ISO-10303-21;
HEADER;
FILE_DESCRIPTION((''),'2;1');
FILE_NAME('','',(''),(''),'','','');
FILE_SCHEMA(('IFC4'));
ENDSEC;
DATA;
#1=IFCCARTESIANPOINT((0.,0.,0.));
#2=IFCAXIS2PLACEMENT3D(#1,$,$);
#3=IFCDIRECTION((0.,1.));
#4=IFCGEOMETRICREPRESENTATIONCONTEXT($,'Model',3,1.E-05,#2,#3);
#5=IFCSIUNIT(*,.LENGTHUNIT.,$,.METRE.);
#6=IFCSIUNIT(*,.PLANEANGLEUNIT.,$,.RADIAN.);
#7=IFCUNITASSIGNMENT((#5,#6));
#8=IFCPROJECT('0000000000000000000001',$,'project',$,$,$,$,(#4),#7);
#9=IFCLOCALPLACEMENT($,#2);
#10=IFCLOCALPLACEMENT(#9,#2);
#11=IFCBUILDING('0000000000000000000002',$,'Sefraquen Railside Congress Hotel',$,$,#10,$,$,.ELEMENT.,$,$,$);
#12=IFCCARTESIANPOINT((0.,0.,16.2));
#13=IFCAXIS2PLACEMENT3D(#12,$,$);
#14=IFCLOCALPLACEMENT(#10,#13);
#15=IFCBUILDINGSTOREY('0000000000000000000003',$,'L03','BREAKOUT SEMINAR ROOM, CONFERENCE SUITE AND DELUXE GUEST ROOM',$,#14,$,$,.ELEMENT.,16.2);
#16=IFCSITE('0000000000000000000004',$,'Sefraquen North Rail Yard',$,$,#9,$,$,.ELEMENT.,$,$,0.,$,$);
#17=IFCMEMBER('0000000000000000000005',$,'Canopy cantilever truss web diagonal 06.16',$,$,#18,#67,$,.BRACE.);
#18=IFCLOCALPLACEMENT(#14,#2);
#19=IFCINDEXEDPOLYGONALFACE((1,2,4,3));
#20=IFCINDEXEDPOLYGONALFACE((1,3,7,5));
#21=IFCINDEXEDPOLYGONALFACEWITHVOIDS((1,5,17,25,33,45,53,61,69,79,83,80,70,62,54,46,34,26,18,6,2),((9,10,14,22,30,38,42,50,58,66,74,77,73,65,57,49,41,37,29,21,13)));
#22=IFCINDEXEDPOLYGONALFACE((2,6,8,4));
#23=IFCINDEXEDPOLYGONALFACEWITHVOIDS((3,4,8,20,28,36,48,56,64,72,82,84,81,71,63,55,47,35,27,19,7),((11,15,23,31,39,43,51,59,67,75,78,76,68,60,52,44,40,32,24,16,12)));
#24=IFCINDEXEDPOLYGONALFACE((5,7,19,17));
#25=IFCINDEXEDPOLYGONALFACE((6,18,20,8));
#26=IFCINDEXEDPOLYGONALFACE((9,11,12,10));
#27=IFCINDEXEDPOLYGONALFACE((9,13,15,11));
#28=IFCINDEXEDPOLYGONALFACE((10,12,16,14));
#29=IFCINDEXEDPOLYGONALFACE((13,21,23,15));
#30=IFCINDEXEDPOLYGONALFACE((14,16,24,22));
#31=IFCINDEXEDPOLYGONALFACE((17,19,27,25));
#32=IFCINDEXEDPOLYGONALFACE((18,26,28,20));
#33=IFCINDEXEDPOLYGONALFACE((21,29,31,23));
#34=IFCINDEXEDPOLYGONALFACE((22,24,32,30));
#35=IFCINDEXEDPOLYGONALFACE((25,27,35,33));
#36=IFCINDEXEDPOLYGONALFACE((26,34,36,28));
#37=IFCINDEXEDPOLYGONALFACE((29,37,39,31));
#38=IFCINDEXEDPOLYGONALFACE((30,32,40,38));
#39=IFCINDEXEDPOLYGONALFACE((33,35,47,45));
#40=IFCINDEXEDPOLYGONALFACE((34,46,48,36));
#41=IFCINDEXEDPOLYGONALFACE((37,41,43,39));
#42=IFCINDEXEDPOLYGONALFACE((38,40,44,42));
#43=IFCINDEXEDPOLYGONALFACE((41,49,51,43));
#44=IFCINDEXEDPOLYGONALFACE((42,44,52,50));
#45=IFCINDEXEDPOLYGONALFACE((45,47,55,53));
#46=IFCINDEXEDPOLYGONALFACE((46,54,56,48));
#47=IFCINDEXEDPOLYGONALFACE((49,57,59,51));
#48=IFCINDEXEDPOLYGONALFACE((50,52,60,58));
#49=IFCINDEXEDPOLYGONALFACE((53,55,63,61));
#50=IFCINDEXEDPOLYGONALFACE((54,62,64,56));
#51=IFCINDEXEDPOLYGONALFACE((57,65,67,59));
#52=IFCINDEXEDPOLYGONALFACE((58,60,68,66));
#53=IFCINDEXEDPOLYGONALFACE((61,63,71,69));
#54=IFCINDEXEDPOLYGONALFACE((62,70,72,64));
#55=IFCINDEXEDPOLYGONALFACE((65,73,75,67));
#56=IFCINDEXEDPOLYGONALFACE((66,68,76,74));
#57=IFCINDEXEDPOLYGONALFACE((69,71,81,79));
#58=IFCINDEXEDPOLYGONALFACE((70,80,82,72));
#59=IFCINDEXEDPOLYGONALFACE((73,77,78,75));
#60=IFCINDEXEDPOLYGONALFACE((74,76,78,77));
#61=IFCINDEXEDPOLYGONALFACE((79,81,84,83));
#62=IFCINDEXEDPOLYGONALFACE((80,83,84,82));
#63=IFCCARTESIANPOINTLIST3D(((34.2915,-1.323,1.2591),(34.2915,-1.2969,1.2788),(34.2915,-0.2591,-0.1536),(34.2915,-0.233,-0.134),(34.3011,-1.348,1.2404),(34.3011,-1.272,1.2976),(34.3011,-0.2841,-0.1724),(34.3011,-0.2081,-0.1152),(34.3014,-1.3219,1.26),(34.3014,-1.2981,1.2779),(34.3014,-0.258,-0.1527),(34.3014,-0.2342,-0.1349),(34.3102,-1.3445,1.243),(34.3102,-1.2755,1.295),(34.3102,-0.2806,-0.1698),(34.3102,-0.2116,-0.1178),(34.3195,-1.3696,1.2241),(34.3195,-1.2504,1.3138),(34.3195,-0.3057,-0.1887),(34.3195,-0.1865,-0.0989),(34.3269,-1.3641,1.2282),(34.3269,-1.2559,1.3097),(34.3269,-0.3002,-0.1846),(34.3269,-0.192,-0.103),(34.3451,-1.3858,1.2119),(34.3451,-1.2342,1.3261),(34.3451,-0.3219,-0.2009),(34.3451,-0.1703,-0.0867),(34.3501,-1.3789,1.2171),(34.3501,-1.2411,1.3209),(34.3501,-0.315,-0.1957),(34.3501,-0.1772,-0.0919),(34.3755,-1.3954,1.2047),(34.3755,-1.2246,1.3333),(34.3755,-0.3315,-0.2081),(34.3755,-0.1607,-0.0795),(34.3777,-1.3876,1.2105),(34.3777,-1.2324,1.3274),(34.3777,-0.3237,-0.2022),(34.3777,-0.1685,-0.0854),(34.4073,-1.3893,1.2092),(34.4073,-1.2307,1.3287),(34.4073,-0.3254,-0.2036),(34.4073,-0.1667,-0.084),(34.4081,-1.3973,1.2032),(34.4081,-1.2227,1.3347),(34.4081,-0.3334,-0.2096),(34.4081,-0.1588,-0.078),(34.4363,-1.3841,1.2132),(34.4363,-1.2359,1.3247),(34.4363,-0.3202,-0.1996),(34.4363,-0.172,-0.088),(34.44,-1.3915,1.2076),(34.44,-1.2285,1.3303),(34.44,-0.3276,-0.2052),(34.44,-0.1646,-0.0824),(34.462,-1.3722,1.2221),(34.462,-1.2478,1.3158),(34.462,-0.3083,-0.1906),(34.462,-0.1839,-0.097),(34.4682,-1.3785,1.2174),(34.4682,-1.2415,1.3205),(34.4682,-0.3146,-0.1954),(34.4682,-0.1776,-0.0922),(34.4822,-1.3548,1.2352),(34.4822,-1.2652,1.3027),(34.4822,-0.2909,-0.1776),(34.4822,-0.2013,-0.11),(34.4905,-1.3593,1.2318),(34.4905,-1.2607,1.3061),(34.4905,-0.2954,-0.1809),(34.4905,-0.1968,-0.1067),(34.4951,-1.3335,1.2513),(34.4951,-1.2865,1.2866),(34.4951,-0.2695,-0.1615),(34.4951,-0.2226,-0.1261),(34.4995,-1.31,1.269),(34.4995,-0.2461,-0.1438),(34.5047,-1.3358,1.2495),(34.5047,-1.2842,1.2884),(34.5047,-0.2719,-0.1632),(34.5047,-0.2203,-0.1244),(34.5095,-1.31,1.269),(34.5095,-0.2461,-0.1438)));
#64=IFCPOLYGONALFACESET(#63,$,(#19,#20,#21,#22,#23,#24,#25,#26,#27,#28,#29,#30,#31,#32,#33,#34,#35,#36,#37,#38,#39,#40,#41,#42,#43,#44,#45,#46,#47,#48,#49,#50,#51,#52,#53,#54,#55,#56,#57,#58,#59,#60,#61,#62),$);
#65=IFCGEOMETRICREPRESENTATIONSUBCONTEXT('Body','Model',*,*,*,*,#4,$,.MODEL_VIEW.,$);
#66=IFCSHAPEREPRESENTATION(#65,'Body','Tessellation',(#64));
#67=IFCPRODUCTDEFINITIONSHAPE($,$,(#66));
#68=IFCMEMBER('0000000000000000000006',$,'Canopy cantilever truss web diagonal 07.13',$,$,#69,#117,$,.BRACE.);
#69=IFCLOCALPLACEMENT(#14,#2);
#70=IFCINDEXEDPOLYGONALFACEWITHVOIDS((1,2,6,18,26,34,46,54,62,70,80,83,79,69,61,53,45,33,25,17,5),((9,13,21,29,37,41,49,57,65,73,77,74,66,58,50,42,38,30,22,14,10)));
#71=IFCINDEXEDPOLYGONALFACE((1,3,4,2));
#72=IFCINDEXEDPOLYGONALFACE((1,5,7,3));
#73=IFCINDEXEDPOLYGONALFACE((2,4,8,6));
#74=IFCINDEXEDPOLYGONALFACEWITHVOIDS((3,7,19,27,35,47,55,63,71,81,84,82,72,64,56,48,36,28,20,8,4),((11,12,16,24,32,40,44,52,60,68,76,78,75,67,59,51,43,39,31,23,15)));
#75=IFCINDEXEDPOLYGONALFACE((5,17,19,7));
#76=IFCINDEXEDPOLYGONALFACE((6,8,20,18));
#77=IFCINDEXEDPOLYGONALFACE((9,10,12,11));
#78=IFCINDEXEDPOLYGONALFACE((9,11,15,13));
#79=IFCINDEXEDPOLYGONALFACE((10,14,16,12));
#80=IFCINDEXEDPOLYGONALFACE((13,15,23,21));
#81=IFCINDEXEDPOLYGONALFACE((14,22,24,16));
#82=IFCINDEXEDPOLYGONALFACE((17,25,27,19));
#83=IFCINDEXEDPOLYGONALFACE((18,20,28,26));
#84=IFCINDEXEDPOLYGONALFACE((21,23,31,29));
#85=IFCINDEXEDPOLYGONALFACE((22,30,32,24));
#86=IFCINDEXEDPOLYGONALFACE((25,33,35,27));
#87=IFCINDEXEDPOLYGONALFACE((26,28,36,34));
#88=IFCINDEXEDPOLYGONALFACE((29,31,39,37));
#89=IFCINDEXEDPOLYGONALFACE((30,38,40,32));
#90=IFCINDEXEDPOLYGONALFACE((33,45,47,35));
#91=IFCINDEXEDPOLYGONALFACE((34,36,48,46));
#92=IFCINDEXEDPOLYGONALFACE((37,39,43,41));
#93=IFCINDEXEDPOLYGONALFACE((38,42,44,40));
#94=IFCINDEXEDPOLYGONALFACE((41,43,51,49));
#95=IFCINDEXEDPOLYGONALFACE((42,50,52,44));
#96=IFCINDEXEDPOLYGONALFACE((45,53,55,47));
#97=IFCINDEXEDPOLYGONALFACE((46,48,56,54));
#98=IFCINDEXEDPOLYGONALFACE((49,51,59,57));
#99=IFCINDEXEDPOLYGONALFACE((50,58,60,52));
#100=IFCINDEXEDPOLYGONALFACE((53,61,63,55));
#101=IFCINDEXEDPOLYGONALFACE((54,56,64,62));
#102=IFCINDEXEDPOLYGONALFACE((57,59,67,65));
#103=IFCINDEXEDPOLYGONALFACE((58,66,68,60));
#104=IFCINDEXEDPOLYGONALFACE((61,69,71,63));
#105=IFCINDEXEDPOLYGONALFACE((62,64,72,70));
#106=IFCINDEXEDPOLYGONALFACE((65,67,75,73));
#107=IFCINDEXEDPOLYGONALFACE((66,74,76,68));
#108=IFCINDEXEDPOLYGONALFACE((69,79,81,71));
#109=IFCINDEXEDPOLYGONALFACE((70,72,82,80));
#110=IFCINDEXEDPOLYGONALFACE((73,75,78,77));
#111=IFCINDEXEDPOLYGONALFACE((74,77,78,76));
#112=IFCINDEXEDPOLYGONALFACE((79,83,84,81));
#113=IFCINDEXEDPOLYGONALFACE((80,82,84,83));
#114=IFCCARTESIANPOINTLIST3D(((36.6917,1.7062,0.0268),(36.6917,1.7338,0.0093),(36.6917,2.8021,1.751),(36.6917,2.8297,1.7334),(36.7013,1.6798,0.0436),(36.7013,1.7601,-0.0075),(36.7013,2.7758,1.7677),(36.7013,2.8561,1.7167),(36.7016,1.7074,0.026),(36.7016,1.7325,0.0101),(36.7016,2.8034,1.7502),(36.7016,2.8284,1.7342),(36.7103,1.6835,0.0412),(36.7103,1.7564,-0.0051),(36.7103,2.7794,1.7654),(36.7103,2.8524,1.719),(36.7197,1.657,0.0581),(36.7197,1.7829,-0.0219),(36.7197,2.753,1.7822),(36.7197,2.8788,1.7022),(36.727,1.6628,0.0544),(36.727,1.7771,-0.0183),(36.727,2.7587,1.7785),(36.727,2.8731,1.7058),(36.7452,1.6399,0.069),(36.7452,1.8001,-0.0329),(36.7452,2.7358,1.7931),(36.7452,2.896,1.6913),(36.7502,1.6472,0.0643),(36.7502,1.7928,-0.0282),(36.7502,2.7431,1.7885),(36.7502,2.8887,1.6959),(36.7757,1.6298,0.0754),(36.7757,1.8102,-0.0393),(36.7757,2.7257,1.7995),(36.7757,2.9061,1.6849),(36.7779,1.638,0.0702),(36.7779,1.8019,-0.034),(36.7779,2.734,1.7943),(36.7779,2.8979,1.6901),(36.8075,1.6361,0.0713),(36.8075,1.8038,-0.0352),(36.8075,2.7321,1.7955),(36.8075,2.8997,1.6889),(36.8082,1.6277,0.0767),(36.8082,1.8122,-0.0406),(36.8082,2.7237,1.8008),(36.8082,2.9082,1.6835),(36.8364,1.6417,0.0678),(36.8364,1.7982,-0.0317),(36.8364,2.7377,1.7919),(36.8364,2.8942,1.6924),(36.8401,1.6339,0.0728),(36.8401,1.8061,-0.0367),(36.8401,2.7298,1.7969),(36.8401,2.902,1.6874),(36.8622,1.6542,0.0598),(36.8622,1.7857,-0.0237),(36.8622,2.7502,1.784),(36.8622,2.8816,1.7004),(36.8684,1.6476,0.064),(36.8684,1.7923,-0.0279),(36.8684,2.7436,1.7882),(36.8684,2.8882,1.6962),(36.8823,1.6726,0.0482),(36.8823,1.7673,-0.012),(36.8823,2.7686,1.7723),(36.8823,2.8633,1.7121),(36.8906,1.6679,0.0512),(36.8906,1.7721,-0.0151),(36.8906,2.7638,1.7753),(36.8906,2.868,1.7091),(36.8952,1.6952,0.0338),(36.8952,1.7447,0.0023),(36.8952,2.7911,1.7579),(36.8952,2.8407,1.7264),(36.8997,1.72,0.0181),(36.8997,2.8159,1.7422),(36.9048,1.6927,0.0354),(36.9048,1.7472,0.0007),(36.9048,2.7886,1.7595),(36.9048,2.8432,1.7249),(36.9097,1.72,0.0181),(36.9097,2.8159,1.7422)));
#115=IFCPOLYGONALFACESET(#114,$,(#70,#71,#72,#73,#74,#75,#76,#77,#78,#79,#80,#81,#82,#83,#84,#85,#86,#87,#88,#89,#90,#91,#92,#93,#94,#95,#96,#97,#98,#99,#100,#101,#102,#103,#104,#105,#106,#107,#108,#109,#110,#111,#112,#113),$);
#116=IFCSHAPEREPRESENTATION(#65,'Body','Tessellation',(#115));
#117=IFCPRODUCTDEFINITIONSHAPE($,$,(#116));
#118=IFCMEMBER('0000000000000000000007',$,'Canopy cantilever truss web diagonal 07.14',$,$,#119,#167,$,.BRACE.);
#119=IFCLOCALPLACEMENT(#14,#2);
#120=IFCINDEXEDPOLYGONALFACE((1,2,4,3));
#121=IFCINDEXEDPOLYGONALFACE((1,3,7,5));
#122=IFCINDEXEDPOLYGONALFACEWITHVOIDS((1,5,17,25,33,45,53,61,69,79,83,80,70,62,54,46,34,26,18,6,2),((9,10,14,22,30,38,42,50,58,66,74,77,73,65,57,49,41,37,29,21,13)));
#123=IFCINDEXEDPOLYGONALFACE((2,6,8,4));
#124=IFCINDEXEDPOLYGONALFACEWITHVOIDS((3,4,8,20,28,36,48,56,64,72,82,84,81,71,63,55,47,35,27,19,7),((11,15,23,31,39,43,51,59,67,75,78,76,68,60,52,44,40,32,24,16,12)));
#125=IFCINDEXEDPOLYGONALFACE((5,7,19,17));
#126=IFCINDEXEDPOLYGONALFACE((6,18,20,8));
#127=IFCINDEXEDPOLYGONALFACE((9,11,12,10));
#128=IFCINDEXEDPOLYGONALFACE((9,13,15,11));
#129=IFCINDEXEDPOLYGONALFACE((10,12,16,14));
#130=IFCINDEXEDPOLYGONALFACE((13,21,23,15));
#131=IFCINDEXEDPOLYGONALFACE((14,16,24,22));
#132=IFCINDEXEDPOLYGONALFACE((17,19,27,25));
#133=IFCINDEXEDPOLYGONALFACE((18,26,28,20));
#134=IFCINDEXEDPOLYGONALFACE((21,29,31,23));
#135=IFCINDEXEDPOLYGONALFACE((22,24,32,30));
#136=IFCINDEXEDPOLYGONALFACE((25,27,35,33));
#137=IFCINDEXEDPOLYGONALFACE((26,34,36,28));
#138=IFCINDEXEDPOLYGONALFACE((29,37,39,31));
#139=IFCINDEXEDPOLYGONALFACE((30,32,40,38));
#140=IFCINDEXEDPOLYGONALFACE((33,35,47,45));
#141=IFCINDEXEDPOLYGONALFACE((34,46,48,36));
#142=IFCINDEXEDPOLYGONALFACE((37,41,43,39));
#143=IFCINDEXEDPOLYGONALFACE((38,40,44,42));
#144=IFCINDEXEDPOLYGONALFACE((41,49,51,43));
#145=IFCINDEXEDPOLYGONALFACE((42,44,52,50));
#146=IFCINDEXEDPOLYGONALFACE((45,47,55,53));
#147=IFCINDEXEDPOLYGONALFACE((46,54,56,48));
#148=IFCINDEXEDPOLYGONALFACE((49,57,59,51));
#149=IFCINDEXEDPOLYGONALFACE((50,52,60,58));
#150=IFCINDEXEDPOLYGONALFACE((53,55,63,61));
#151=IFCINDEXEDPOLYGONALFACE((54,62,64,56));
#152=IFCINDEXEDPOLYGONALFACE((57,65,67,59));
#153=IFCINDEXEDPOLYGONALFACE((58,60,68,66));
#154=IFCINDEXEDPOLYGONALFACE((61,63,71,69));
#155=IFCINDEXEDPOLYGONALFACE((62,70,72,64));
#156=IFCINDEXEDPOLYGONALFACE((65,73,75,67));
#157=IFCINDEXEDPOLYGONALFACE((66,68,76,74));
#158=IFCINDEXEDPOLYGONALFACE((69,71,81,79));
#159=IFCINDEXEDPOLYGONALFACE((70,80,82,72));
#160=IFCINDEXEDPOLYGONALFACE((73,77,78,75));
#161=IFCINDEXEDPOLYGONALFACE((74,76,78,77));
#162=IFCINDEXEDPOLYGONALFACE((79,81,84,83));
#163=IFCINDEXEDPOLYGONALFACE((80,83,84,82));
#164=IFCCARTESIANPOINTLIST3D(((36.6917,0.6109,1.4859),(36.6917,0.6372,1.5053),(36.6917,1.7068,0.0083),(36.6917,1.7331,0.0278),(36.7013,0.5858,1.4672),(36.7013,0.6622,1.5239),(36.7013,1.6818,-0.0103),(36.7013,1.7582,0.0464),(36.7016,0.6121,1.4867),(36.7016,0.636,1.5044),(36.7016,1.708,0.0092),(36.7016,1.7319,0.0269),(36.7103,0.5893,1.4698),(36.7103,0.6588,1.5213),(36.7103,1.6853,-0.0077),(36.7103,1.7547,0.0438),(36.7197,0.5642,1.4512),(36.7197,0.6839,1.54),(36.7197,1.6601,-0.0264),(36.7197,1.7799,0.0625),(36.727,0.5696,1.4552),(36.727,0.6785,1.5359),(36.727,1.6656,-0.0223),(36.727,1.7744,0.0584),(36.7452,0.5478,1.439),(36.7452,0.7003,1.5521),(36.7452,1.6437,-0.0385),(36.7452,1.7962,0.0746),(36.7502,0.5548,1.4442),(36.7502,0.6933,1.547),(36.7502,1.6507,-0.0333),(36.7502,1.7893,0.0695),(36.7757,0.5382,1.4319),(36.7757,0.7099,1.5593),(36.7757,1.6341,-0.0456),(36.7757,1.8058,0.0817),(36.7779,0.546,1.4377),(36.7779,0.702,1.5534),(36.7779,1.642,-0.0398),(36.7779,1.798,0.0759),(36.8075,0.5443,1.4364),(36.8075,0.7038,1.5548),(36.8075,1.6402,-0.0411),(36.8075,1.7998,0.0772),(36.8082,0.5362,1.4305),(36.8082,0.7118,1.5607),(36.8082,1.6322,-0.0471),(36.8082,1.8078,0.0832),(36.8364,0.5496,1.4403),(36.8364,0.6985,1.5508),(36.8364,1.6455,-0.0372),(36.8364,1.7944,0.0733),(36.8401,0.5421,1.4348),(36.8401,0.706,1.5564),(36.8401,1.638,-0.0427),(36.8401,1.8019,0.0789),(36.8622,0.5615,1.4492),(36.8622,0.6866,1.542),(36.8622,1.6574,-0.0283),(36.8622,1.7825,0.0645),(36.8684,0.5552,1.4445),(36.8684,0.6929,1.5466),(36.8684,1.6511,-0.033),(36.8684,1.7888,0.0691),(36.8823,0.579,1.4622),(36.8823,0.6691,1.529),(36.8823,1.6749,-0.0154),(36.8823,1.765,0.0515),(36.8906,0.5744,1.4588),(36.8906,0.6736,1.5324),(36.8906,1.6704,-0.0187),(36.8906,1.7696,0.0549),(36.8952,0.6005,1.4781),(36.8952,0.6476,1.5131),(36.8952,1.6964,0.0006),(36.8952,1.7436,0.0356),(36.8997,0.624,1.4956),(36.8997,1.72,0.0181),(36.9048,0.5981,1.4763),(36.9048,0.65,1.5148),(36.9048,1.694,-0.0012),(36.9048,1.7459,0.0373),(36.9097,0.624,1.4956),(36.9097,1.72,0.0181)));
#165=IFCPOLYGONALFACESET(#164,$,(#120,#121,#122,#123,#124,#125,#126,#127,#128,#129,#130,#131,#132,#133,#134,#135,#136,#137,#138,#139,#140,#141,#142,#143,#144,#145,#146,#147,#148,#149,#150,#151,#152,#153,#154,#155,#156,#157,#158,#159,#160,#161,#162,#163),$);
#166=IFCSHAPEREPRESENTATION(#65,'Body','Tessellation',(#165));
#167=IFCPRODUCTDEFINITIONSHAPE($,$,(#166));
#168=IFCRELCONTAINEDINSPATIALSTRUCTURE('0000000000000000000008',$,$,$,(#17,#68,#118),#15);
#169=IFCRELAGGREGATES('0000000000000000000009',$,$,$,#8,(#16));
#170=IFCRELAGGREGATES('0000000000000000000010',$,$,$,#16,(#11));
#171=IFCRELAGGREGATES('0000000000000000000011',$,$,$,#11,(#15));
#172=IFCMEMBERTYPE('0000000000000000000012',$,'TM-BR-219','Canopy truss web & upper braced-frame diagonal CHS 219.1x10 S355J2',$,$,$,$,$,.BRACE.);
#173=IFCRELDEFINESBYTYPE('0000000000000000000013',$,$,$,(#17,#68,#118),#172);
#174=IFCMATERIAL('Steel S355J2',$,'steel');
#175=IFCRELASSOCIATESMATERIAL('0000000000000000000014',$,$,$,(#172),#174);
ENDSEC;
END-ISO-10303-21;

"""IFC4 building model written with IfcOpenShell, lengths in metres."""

from ifc_helpers import new_model, si_unit, direction, frame, origin, origin_2d, place, context, subcontext, project, spatial, hollow_circle, extrude, material, material_profile, profile_set, type_object, element, save


model = new_model("IFC4")

# Units and contexts
model_context = context("Model", 3, precision=1e-05, world=origin(), true_north=direction((0.0, 1.0)))
body_context = subcontext(model_context, "Body", "Model", "MODEL_VIEW")
ifc_project = project(units=[si_unit("LENGTHUNIT", "METRE"), si_unit("PLANEANGLEUNIT", "RADIAN")], contexts=[model_context])

# Site, building, storey
site_placement = place(None, origin())
site = spatial("IfcSite", under=ifc_project, at=site_placement, Name="Sefraquen North Rail Yard", CompositionType="ELEMENT", RefElevation=0.0)
building_placement = place(site_placement, origin())
building = spatial("IfcBuilding", under=site, at=building_placement, Name="Sefraquen Railside Congress Hotel", CompositionType="ELEMENT")
storey_placement = place(building_placement, frame((0.0, 0.0, 16.2)))
storey = spatial("IfcBuildingStorey", under=building, at=storey_placement, Name="L03", Description="BREAKOUT SEMINAR ROOM, CONFERENCE SUITE AND DELUXE GUEST ROOM", CompositionType="ELEMENT", Elevation=16.2)

# Members
ifc_material_1 = material(Name="Steel S355J2", Category="steel")
ifc_material_profile_1 = material_profile(ifc_material_1, hollow_circle(Radius=0.1096, WallThickness=0.01, at=origin_2d()), Name="CHS 219.1x10")
ifc_profile_set_1 = profile_set([ifc_material_profile_1], Name="Steel S355J2")
member_type_1 = type_object("IfcMemberType", Name="TM-BR-219", Description="Canopy truss web & upper braced-frame diagonal CHS 219.1x10 S355J2", PredefinedType="BRACE", material=ifc_profile_set_1)
member_1_placement = place(storey_placement, frame((34.3999, -0.2461, -0.1438), z_axis=(0.0, -0.601567, 0.798822), x_axis=(1.0, 0.0, 0.0)))
element("IfcMember", 1, at=member_1_placement, inside=storey, type_object=member_type_1, Name="Canopy cantilever truss web diagonal 06.16", PredefinedType="BRACE", context=body_context, shape_type="SweptSolid", body=[
    extrude(hollow_circle(Radius=0.1096, WallThickness=0.01, at=origin_2d()), origin(), (0.0, 0.0, 1.0), 1.7686),
])
member_2_placement = place(storey_placement, frame((36.8, 2.8159, 1.7422), z_axis=(0.0, -0.53645, -0.843932), x_axis=(1.0, 0.0, 0.0)))
element("IfcMember", 2, at=member_2_placement, inside=storey, type_object=member_type_1, Name="Canopy cantilever truss web diagonal 07.13", PredefinedType="BRACE", context=body_context, shape_type="SweptSolid", body=[
    extrude(hollow_circle(Radius=0.1096, WallThickness=0.01, at=origin_2d()), origin(), (0.0, 0.0, 1.0), 2.043),
])
member_3_placement = place(storey_placement, frame((36.8, 1.72, 0.0181), z_axis=(0.0, -0.595745, 0.803174), x_axis=(1.0, 0.0, 0.0)))
element("IfcMember", 3, at=member_3_placement, inside=storey, type_object=member_type_1, Name="Canopy cantilever truss web diagonal 07.14", PredefinedType="BRACE", context=body_context, shape_type="SweptSolid", body=[
    extrude(hollow_circle(Radius=0.1096, WallThickness=0.01, at=origin_2d()), origin(), (0.0, 0.0, 1.0), 1.8396),
])

save(model, "model.ifc")
